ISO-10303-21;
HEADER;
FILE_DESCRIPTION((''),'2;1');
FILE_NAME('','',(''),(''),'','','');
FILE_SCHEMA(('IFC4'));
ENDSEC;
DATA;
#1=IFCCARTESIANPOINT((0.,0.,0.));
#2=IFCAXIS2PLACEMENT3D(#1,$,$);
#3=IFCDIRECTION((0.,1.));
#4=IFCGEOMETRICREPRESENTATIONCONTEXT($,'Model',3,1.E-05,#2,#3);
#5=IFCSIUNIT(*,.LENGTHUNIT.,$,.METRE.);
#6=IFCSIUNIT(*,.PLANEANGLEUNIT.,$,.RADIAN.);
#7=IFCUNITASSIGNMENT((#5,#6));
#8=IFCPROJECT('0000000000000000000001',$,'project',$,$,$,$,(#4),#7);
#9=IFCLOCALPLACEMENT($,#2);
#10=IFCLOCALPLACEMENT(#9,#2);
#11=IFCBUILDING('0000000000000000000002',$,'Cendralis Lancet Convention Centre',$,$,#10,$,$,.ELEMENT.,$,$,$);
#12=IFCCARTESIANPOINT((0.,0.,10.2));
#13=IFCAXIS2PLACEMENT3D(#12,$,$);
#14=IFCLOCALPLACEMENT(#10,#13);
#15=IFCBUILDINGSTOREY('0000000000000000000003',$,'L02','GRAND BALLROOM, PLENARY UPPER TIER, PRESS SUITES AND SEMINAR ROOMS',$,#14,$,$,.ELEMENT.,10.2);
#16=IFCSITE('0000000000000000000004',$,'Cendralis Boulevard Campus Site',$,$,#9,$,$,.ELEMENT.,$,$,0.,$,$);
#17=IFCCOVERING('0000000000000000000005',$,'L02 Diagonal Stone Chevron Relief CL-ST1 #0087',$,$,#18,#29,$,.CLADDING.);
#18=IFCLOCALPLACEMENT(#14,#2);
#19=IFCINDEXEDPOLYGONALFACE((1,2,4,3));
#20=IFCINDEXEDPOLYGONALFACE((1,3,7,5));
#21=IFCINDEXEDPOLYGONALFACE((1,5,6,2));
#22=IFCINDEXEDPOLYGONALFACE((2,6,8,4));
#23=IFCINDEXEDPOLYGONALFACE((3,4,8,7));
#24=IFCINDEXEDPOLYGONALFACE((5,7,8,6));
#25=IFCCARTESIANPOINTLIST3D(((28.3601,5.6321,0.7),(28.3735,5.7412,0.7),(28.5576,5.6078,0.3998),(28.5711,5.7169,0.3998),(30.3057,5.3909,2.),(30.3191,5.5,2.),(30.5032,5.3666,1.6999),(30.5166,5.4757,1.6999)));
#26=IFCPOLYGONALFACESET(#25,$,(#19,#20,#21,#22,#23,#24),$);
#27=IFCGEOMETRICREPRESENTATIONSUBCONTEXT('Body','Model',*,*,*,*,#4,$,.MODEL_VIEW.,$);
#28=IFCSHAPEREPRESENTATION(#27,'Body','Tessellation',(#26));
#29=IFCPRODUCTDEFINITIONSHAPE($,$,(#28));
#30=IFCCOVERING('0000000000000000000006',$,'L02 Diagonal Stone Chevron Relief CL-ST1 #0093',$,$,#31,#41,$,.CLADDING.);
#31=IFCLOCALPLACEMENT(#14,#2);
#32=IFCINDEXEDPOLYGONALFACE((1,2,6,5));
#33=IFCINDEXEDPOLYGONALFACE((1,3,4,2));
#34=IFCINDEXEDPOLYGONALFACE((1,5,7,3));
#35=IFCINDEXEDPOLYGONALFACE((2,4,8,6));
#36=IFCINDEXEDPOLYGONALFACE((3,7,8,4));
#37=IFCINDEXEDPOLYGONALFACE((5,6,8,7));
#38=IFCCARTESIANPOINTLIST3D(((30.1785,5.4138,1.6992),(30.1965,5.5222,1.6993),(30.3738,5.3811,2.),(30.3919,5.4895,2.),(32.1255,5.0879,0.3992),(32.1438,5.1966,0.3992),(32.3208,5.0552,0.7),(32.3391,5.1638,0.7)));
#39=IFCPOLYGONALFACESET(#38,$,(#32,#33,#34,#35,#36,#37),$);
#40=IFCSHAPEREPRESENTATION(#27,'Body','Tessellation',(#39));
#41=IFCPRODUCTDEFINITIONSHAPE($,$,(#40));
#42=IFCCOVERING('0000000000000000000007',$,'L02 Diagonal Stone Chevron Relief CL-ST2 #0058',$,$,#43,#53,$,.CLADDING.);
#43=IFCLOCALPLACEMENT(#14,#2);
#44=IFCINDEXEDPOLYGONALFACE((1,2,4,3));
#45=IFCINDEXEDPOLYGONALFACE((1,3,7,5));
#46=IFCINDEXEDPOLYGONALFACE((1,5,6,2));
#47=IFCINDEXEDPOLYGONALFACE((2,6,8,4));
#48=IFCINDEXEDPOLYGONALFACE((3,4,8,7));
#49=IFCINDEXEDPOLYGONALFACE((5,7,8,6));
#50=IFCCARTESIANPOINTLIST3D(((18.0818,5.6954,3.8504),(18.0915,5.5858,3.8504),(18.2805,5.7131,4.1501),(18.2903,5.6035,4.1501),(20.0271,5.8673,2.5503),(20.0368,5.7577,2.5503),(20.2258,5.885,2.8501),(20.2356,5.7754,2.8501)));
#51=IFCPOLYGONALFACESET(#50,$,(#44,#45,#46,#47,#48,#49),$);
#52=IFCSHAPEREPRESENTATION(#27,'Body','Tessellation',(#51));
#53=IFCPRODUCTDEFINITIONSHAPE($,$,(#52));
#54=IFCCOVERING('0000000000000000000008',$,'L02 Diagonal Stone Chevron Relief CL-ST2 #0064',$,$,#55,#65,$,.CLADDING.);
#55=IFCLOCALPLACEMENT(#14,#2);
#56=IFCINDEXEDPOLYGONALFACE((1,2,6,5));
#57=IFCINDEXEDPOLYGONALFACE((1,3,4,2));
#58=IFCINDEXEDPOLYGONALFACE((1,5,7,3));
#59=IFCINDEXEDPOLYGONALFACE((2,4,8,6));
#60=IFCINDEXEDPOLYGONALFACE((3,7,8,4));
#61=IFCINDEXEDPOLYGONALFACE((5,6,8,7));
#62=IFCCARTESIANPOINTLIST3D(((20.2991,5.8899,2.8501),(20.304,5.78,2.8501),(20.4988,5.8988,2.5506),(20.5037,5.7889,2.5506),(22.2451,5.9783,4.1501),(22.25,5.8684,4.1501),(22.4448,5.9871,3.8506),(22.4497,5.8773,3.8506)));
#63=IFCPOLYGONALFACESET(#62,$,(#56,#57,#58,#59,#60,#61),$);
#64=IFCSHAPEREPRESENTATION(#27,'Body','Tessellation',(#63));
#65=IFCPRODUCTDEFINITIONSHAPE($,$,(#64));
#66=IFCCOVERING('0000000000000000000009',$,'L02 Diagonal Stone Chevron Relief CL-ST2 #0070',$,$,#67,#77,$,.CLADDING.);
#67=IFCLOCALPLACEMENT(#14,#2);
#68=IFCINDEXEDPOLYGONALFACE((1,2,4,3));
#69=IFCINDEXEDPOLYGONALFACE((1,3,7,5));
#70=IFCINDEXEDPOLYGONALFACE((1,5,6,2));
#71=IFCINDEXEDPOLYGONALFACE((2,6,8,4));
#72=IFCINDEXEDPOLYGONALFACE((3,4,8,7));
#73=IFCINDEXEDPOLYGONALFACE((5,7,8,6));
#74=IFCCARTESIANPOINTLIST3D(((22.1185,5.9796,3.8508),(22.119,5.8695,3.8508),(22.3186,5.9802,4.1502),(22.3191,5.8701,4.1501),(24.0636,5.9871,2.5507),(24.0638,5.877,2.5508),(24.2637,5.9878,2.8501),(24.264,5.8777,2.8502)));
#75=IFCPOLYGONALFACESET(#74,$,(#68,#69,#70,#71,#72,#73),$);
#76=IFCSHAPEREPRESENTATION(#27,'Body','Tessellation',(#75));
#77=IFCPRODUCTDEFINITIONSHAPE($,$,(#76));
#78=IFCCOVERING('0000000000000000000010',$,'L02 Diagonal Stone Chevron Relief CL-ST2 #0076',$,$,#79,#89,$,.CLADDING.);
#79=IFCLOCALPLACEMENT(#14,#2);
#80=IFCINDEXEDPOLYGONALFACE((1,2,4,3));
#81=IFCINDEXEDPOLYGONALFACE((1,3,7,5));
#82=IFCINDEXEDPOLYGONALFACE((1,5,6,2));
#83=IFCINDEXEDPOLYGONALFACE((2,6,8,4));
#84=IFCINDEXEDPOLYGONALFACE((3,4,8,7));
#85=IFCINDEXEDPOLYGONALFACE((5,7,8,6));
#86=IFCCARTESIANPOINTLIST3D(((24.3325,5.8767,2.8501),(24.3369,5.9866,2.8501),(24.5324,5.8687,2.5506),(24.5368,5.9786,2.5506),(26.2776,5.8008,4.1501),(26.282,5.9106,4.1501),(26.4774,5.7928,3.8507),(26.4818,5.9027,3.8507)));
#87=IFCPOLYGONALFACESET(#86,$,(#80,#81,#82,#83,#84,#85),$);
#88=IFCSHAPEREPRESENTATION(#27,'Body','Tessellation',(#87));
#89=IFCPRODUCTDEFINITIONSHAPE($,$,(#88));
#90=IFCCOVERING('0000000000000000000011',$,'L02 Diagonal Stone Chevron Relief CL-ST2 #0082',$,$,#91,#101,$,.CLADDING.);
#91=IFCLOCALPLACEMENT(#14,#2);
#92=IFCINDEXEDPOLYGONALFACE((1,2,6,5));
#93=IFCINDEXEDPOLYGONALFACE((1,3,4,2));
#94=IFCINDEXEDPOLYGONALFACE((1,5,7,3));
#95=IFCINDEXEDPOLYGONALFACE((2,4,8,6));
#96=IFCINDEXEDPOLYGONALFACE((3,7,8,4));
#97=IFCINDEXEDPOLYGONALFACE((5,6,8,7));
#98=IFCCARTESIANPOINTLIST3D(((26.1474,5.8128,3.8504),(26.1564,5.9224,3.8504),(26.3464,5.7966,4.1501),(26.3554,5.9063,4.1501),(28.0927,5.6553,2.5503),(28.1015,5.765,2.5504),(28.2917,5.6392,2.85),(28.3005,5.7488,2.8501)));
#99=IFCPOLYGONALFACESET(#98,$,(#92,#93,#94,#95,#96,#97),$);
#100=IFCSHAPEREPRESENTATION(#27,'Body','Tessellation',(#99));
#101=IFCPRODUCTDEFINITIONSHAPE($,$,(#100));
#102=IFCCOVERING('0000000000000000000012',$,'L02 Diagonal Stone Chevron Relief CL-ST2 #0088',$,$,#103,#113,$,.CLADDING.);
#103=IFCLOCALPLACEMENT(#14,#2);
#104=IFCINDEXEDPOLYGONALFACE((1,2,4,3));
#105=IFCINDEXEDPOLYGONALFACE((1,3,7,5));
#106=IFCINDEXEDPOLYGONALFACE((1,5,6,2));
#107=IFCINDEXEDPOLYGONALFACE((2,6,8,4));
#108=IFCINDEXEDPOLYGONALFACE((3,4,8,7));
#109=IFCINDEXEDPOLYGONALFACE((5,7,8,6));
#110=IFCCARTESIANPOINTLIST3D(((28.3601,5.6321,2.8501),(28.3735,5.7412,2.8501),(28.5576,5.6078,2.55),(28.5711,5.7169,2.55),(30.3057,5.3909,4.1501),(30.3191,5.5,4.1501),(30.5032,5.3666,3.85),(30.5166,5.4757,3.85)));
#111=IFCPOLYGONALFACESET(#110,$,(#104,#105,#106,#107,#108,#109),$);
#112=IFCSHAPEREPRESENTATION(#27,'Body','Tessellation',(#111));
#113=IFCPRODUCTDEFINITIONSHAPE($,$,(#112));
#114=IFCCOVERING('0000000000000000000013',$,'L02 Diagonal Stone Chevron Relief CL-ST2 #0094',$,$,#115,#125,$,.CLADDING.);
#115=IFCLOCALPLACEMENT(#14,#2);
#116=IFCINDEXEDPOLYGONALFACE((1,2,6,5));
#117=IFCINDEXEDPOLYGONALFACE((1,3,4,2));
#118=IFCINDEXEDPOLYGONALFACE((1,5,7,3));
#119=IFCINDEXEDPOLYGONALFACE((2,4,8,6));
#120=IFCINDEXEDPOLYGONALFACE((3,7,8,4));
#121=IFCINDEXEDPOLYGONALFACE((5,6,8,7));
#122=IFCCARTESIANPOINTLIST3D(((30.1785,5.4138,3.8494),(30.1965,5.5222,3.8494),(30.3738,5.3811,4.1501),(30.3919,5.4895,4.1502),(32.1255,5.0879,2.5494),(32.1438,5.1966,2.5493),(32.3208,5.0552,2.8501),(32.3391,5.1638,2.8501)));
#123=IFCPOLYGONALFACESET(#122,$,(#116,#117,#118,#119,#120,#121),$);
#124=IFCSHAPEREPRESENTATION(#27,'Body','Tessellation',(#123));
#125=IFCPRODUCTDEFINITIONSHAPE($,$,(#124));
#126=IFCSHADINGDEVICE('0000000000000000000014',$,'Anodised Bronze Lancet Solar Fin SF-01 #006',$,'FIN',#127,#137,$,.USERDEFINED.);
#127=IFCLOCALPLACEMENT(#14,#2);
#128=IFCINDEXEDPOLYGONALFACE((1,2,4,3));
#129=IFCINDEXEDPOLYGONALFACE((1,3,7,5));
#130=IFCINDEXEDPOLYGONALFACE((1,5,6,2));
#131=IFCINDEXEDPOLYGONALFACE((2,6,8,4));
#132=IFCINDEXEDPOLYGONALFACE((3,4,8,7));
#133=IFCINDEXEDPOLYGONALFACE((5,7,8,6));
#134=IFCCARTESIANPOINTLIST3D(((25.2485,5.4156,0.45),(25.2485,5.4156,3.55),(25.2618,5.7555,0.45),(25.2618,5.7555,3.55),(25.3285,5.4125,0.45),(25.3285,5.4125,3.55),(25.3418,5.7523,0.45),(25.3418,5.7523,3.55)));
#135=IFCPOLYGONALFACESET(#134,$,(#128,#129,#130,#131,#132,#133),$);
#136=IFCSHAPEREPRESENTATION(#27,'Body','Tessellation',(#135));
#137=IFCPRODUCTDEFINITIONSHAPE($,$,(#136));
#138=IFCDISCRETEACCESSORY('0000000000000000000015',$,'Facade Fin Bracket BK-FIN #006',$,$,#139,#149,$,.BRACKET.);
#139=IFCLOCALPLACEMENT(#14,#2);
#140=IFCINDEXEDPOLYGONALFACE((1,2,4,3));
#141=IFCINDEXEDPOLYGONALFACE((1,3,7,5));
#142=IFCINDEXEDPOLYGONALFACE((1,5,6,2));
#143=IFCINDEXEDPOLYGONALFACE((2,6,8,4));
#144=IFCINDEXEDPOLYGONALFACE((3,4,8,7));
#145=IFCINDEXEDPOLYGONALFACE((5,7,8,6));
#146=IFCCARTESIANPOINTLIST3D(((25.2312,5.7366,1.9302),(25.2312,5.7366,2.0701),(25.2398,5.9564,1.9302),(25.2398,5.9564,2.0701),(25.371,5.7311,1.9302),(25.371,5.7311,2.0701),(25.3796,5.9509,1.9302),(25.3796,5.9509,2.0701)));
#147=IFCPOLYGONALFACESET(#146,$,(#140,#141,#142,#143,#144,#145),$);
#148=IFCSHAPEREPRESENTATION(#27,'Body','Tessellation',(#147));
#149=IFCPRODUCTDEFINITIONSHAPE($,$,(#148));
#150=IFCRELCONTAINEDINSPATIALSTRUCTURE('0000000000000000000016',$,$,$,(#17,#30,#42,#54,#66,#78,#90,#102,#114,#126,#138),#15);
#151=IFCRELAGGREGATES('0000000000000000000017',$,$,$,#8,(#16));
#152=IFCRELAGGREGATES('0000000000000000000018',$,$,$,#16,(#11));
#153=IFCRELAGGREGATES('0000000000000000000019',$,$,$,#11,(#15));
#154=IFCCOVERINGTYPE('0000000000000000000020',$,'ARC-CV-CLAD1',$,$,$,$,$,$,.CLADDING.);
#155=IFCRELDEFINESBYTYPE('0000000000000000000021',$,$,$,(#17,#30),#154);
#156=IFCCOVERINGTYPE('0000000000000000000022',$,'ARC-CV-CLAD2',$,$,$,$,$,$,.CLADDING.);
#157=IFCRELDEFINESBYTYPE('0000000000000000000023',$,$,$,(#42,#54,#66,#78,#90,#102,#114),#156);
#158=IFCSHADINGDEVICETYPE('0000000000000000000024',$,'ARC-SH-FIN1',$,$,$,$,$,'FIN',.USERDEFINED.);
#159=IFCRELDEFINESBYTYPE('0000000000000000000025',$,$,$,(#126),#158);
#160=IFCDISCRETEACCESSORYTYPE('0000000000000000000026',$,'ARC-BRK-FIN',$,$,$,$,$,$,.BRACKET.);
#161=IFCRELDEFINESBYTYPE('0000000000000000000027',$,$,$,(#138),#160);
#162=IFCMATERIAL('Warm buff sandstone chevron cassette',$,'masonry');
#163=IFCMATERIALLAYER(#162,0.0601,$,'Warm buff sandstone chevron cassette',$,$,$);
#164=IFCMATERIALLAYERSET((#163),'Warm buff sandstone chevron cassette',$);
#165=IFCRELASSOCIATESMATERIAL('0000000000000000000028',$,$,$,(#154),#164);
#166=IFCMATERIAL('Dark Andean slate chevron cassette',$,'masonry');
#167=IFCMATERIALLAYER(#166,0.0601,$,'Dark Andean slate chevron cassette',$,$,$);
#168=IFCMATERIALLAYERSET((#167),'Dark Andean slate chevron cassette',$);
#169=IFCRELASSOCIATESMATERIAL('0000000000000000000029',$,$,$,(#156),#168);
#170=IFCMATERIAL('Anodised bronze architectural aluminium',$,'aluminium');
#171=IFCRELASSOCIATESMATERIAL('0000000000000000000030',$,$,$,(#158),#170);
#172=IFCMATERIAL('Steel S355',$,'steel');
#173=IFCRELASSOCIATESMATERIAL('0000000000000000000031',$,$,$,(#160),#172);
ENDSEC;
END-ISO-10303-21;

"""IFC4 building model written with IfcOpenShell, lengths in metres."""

from ifc_helpers import new_model, si_unit, direction, frame, origin, origin_2d, place, context, subcontext, project, spatial, polyline, rectangle, outline, extrude, material, layer, layer_set, type_object, element, save


model = new_model("IFC4")

# Units and contexts
model_context = context("Model", 3, precision=1e-05, world=origin(), true_north=direction((0.0, 1.0)))
body_context = subcontext(model_context, "Body", "Model", "MODEL_VIEW")
ifc_project = project(units=[si_unit("LENGTHUNIT", "METRE"), si_unit("PLANEANGLEUNIT", "RADIAN")], contexts=[model_context])

# Site, building, storey
site_placement = place(None, origin())
site = spatial("IfcSite", under=ifc_project, at=site_placement, Name="Cendralis Boulevard Campus Site", CompositionType="ELEMENT", RefElevation=0.0)
building_placement = place(site_placement, origin())
building = spatial("IfcBuilding", under=site, at=building_placement, Name="Cendralis Lancet Convention Centre", CompositionType="ELEMENT")
storey_placement = place(building_placement, frame((0.0, 0.0, 10.2)))
storey = spatial("IfcBuildingStorey", under=building, at=storey_placement, Name="L02", Description="GRAND BALLROOM, PLENARY UPPER TIER, PRESS SUITES AND SEMINAR ROOMS", CompositionType="ELEMENT", Elevation=10.2)

# Shared definitions
ifc_material_1 = material(Name="Warm buff sandstone chevron cassette", Category="masonry")
ifc_material_2 = material(Name="Dark Andean slate chevron cassette", Category="masonry")

# Coverings
ifc_layer_1 = layer(ifc_material_1, 0.0601, Name="Warm buff sandstone chevron cassette")
ifc_layer_set_1 = layer_set([ifc_layer_1], Name="Warm buff sandstone chevron cassette")
covering_type_1 = type_object("IfcCoveringType", Name="ARC-CV-CLAD1", PredefinedType="CLADDING", material=ifc_layer_set_1)
covering_1_placement = place(storey_placement, frame((28.3601, 5.6321, 0.7), z_axis=(-0.548526, 0.067492, 0.833405), x_axis=(0.827073, -0.102541, 0.552662)))
element("IfcCovering", 1, at=covering_1_placement, inside=storey, type_object=covering_type_1, Name="L02 Diagonal Stone Chevron Relief CL-ST1 #0087", PredefinedType="CLADDING", context=body_context, shape_type="SweptSolid", body=[
    extrude(outline(polyline([(0.0, 0.0), (2.3523, 0.0), (2.3523, 0.11), (-0.0001, 0.11), (0.0, 0.0)])), origin(), (0.0, 0.0, -1.0), 0.3601),
])
covering_2_placement = place(storey_placement, frame((30.3738, 5.3811, 2.0), z_axis=(0.542412, -0.09091, 0.835179), x_axis=(0.823718, -0.137889, -0.549978)))
element("IfcCovering", 2, at=covering_2_placement, inside=storey, type_object=covering_type_1, Name="L02 Diagonal Stone Chevron Relief CL-ST1 #0093", PredefinedType="CLADDING", context=body_context, shape_type="SweptSolid", body=[
    extrude(outline(polyline([(0.0, 0.0), (2.3637, 0.0), (2.3638, 0.1102), (-0.0001, 0.1099), (0.0, 0.0)])), origin(), (0.0, 0.0, -1.0), 0.3601),
])
ifc_layer_2 = layer(ifc_material_2, 0.0601, Name="Dark Andean slate chevron cassette")
ifc_layer_set_2 = layer_set([ifc_layer_2], Name="Dark Andean slate chevron cassette")
covering_type_2 = type_object("IfcCoveringType", Name="ARC-CV-CLAD2", PredefinedType="CLADDING", material=ifc_layer_set_2)
covering_3_placement = place(storey_placement, frame((18.2903, 5.6035, 4.1501), z_axis=(0.55196, 0.049172, 0.83242), x_axis=(0.829189, 0.073262, -0.554146)))
element("IfcCovering", 3, at=covering_3_placement, inside=storey, type_object=covering_type_2, Name="L02 Diagonal Stone Chevron Relief CL-ST2 #0058", PredefinedType="CLADDING", context=body_context, shape_type="SweptSolid", body=[
    extrude(outline(polyline([(0.0, 0.0), (2.346, 0.0), (2.346, 0.1101), (-0.0001, 0.1101), (0.0, 0.0)])), origin(), (0.0, 0.0, -1.0), 0.3601),
])
covering_4_placement = place(storey_placement, frame((20.304, 5.78, 2.8501), z_axis=(-0.554551, -0.024647, 0.831784), x_axis=(0.830928, 0.037736, 0.555099)))
element("IfcCovering", 4, at=covering_4_placement, inside=storey, type_object=covering_type_2, Name="L02 Diagonal Stone Chevron Relief CL-ST2 #0064", PredefinedType="CLADDING", context=body_context, shape_type="SweptSolid", body=[
    extrude(outline(polyline([(0.0, 0.0), (2.342, 0.0), (2.3421, 0.11), (0.0001, 0.11), (0.0, 0.0)])), origin(), (0.0, 0.0, -1.0), 0.3601),
])
covering_5_placement = place(storey_placement, frame((22.3191, 5.8701, 4.1501), z_axis=(0.555705, 0.001848, 0.831377), x_axis=(0.831371, 0.003235, -0.555708)))
element("IfcCovering", 5, at=covering_5_placement, inside=storey, type_object=covering_type_2, Name="L02 Diagonal Stone Chevron Relief CL-ST2 #0070", PredefinedType="CLADDING", context=body_context, shape_type="SweptSolid", body=[
    extrude(outline(polyline([(0.0, 0.0), (2.3393, 0.0), (2.3395, 0.1101), (0.0, 0.1101), (0.0, 0.0)])), origin(), (0.0, 0.0, -1.0), 0.3601),
])
covering_6_placement = place(storey_placement, frame((24.3325, 5.8767, 2.8501), z_axis=(-0.554951, 0.022198, 0.831587), x_axis=(0.830954, -0.032437, 0.555395)))
element("IfcCovering", 6, at=covering_6_placement, inside=storey, type_object=covering_type_2, Name="L02 Diagonal Stone Chevron Relief CL-ST2 #0076", PredefinedType="CLADDING", context=body_context, shape_type="SweptSolid", body=[
    extrude(outline(polyline([(0.0, 0.0), (2.3408, 0.0), (2.3409, 0.11), (0.0001, 0.11), (0.0, 0.0)])), origin(), (0.0, 0.0, -1.0), 0.3601),
])
covering_7_placement = place(storey_placement, frame((26.3464, 5.7966, 4.1501), z_axis=(0.552586, -0.044921, 0.832245), x_axis=(0.829531, -0.06715, -0.554409)))
element("IfcCovering", 7, at=covering_7_placement, inside=storey, type_object=covering_type_2, Name="L02 Diagonal Stone Chevron Relief CL-ST2 #0082", PredefinedType="CLADDING", context=body_context, shape_type="SweptSolid", body=[
    extrude(outline(polyline([(0.0, 0.0), (2.345, 0.0), (2.345, 0.11), (0.0001, 0.11), (0.0, 0.0)])), origin(), (0.0, 0.0, -1.0), 0.3601),
])
covering_8_placement = place(storey_placement, frame((28.3601, 5.6321, 2.8501), z_axis=(-0.548526, 0.067492, 0.833405), x_axis=(0.827073, -0.102541, 0.552662)))
element("IfcCovering", 8, at=covering_8_placement, inside=storey, type_object=covering_type_2, Name="L02 Diagonal Stone Chevron Relief CL-ST2 #0088", PredefinedType="CLADDING", context=body_context, shape_type="SweptSolid", body=[
    extrude(outline(polyline([(0.0, 0.0), (2.3523, 0.0), (2.3523, 0.11), (-0.0001, 0.11), (0.0, 0.0)])), origin(), (0.0, 0.0, -1.0), 0.3601),
])
covering_9_placement = place(storey_placement, frame((30.3738, 5.3811, 4.1501), z_axis=(0.542412, -0.09091, 0.835179), x_axis=(0.823718, -0.137889, -0.549978)))
element("IfcCovering", 9, at=covering_9_placement, inside=storey, type_object=covering_type_2, Name="L02 Diagonal Stone Chevron Relief CL-ST2 #0094", PredefinedType="CLADDING", context=body_context, shape_type="SweptSolid", body=[
    extrude(outline(polyline([(0.0, 0.0), (2.3637, 0.0), (2.3638, 0.1102), (-0.0001, 0.1099), (0.0, 0.0)])), origin(), (0.0, 0.0, -1.0), 0.3601),
])

# Shading device
ifc_material_3 = material(Name="Anodised bronze architectural aluminium", Category="aluminium")
shading_device_type = type_object("IfcShadingDeviceType", Name="ARC-SH-FIN1", ElementType="FIN", PredefinedType="USERDEFINED", material=ifc_material_3)
shading_device_placement = place(storey_placement, frame((25.2952, 5.584, 0.45), z_axis=(0.0, 0.0, 1.0), x_axis=(0.99924, -0.038981, 0.0)))
element("IfcShadingDevice", 10, at=shading_device_placement, inside=storey, type_object=shading_device_type, Name="Anodised Bronze Lancet Solar Fin SF-01 #006", ObjectType="FIN", PredefinedType="USERDEFINED", context=body_context, shape_type="SweptSolid", body=[
    extrude(rectangle(XDim=0.0801, YDim=0.3401, at=origin_2d()), origin(), (0.0, 0.0, 1.0), 3.1001),
])

# Discrete accessory
ifc_material_4 = material(Name="Steel S355", Category="steel")
discrete_accessory_type = type_object("IfcDiscreteAccessoryType", Name="ARC-BRK-FIN", PredefinedType="BRACKET", material=ifc_material_4)
discrete_accessory_placement = place(storey_placement, frame((25.3054, 5.8438, 1.9302), z_axis=(0.0, 0.0, 1.0), x_axis=(0.99924, -0.038981, 0.0)))
element("IfcDiscreteAccessory", 11, at=discrete_accessory_placement, inside=storey, type_object=discrete_accessory_type, Name="Facade Fin Bracket BK-FIN #006", PredefinedType="BRACKET", context=body_context, shape_type="SweptSolid", body=[
    extrude(rectangle(XDim=0.1399, YDim=0.22, at=origin_2d()), origin(), (0.0, 0.0, 1.0), 0.1399),
])

save(model, "model.ifc")
